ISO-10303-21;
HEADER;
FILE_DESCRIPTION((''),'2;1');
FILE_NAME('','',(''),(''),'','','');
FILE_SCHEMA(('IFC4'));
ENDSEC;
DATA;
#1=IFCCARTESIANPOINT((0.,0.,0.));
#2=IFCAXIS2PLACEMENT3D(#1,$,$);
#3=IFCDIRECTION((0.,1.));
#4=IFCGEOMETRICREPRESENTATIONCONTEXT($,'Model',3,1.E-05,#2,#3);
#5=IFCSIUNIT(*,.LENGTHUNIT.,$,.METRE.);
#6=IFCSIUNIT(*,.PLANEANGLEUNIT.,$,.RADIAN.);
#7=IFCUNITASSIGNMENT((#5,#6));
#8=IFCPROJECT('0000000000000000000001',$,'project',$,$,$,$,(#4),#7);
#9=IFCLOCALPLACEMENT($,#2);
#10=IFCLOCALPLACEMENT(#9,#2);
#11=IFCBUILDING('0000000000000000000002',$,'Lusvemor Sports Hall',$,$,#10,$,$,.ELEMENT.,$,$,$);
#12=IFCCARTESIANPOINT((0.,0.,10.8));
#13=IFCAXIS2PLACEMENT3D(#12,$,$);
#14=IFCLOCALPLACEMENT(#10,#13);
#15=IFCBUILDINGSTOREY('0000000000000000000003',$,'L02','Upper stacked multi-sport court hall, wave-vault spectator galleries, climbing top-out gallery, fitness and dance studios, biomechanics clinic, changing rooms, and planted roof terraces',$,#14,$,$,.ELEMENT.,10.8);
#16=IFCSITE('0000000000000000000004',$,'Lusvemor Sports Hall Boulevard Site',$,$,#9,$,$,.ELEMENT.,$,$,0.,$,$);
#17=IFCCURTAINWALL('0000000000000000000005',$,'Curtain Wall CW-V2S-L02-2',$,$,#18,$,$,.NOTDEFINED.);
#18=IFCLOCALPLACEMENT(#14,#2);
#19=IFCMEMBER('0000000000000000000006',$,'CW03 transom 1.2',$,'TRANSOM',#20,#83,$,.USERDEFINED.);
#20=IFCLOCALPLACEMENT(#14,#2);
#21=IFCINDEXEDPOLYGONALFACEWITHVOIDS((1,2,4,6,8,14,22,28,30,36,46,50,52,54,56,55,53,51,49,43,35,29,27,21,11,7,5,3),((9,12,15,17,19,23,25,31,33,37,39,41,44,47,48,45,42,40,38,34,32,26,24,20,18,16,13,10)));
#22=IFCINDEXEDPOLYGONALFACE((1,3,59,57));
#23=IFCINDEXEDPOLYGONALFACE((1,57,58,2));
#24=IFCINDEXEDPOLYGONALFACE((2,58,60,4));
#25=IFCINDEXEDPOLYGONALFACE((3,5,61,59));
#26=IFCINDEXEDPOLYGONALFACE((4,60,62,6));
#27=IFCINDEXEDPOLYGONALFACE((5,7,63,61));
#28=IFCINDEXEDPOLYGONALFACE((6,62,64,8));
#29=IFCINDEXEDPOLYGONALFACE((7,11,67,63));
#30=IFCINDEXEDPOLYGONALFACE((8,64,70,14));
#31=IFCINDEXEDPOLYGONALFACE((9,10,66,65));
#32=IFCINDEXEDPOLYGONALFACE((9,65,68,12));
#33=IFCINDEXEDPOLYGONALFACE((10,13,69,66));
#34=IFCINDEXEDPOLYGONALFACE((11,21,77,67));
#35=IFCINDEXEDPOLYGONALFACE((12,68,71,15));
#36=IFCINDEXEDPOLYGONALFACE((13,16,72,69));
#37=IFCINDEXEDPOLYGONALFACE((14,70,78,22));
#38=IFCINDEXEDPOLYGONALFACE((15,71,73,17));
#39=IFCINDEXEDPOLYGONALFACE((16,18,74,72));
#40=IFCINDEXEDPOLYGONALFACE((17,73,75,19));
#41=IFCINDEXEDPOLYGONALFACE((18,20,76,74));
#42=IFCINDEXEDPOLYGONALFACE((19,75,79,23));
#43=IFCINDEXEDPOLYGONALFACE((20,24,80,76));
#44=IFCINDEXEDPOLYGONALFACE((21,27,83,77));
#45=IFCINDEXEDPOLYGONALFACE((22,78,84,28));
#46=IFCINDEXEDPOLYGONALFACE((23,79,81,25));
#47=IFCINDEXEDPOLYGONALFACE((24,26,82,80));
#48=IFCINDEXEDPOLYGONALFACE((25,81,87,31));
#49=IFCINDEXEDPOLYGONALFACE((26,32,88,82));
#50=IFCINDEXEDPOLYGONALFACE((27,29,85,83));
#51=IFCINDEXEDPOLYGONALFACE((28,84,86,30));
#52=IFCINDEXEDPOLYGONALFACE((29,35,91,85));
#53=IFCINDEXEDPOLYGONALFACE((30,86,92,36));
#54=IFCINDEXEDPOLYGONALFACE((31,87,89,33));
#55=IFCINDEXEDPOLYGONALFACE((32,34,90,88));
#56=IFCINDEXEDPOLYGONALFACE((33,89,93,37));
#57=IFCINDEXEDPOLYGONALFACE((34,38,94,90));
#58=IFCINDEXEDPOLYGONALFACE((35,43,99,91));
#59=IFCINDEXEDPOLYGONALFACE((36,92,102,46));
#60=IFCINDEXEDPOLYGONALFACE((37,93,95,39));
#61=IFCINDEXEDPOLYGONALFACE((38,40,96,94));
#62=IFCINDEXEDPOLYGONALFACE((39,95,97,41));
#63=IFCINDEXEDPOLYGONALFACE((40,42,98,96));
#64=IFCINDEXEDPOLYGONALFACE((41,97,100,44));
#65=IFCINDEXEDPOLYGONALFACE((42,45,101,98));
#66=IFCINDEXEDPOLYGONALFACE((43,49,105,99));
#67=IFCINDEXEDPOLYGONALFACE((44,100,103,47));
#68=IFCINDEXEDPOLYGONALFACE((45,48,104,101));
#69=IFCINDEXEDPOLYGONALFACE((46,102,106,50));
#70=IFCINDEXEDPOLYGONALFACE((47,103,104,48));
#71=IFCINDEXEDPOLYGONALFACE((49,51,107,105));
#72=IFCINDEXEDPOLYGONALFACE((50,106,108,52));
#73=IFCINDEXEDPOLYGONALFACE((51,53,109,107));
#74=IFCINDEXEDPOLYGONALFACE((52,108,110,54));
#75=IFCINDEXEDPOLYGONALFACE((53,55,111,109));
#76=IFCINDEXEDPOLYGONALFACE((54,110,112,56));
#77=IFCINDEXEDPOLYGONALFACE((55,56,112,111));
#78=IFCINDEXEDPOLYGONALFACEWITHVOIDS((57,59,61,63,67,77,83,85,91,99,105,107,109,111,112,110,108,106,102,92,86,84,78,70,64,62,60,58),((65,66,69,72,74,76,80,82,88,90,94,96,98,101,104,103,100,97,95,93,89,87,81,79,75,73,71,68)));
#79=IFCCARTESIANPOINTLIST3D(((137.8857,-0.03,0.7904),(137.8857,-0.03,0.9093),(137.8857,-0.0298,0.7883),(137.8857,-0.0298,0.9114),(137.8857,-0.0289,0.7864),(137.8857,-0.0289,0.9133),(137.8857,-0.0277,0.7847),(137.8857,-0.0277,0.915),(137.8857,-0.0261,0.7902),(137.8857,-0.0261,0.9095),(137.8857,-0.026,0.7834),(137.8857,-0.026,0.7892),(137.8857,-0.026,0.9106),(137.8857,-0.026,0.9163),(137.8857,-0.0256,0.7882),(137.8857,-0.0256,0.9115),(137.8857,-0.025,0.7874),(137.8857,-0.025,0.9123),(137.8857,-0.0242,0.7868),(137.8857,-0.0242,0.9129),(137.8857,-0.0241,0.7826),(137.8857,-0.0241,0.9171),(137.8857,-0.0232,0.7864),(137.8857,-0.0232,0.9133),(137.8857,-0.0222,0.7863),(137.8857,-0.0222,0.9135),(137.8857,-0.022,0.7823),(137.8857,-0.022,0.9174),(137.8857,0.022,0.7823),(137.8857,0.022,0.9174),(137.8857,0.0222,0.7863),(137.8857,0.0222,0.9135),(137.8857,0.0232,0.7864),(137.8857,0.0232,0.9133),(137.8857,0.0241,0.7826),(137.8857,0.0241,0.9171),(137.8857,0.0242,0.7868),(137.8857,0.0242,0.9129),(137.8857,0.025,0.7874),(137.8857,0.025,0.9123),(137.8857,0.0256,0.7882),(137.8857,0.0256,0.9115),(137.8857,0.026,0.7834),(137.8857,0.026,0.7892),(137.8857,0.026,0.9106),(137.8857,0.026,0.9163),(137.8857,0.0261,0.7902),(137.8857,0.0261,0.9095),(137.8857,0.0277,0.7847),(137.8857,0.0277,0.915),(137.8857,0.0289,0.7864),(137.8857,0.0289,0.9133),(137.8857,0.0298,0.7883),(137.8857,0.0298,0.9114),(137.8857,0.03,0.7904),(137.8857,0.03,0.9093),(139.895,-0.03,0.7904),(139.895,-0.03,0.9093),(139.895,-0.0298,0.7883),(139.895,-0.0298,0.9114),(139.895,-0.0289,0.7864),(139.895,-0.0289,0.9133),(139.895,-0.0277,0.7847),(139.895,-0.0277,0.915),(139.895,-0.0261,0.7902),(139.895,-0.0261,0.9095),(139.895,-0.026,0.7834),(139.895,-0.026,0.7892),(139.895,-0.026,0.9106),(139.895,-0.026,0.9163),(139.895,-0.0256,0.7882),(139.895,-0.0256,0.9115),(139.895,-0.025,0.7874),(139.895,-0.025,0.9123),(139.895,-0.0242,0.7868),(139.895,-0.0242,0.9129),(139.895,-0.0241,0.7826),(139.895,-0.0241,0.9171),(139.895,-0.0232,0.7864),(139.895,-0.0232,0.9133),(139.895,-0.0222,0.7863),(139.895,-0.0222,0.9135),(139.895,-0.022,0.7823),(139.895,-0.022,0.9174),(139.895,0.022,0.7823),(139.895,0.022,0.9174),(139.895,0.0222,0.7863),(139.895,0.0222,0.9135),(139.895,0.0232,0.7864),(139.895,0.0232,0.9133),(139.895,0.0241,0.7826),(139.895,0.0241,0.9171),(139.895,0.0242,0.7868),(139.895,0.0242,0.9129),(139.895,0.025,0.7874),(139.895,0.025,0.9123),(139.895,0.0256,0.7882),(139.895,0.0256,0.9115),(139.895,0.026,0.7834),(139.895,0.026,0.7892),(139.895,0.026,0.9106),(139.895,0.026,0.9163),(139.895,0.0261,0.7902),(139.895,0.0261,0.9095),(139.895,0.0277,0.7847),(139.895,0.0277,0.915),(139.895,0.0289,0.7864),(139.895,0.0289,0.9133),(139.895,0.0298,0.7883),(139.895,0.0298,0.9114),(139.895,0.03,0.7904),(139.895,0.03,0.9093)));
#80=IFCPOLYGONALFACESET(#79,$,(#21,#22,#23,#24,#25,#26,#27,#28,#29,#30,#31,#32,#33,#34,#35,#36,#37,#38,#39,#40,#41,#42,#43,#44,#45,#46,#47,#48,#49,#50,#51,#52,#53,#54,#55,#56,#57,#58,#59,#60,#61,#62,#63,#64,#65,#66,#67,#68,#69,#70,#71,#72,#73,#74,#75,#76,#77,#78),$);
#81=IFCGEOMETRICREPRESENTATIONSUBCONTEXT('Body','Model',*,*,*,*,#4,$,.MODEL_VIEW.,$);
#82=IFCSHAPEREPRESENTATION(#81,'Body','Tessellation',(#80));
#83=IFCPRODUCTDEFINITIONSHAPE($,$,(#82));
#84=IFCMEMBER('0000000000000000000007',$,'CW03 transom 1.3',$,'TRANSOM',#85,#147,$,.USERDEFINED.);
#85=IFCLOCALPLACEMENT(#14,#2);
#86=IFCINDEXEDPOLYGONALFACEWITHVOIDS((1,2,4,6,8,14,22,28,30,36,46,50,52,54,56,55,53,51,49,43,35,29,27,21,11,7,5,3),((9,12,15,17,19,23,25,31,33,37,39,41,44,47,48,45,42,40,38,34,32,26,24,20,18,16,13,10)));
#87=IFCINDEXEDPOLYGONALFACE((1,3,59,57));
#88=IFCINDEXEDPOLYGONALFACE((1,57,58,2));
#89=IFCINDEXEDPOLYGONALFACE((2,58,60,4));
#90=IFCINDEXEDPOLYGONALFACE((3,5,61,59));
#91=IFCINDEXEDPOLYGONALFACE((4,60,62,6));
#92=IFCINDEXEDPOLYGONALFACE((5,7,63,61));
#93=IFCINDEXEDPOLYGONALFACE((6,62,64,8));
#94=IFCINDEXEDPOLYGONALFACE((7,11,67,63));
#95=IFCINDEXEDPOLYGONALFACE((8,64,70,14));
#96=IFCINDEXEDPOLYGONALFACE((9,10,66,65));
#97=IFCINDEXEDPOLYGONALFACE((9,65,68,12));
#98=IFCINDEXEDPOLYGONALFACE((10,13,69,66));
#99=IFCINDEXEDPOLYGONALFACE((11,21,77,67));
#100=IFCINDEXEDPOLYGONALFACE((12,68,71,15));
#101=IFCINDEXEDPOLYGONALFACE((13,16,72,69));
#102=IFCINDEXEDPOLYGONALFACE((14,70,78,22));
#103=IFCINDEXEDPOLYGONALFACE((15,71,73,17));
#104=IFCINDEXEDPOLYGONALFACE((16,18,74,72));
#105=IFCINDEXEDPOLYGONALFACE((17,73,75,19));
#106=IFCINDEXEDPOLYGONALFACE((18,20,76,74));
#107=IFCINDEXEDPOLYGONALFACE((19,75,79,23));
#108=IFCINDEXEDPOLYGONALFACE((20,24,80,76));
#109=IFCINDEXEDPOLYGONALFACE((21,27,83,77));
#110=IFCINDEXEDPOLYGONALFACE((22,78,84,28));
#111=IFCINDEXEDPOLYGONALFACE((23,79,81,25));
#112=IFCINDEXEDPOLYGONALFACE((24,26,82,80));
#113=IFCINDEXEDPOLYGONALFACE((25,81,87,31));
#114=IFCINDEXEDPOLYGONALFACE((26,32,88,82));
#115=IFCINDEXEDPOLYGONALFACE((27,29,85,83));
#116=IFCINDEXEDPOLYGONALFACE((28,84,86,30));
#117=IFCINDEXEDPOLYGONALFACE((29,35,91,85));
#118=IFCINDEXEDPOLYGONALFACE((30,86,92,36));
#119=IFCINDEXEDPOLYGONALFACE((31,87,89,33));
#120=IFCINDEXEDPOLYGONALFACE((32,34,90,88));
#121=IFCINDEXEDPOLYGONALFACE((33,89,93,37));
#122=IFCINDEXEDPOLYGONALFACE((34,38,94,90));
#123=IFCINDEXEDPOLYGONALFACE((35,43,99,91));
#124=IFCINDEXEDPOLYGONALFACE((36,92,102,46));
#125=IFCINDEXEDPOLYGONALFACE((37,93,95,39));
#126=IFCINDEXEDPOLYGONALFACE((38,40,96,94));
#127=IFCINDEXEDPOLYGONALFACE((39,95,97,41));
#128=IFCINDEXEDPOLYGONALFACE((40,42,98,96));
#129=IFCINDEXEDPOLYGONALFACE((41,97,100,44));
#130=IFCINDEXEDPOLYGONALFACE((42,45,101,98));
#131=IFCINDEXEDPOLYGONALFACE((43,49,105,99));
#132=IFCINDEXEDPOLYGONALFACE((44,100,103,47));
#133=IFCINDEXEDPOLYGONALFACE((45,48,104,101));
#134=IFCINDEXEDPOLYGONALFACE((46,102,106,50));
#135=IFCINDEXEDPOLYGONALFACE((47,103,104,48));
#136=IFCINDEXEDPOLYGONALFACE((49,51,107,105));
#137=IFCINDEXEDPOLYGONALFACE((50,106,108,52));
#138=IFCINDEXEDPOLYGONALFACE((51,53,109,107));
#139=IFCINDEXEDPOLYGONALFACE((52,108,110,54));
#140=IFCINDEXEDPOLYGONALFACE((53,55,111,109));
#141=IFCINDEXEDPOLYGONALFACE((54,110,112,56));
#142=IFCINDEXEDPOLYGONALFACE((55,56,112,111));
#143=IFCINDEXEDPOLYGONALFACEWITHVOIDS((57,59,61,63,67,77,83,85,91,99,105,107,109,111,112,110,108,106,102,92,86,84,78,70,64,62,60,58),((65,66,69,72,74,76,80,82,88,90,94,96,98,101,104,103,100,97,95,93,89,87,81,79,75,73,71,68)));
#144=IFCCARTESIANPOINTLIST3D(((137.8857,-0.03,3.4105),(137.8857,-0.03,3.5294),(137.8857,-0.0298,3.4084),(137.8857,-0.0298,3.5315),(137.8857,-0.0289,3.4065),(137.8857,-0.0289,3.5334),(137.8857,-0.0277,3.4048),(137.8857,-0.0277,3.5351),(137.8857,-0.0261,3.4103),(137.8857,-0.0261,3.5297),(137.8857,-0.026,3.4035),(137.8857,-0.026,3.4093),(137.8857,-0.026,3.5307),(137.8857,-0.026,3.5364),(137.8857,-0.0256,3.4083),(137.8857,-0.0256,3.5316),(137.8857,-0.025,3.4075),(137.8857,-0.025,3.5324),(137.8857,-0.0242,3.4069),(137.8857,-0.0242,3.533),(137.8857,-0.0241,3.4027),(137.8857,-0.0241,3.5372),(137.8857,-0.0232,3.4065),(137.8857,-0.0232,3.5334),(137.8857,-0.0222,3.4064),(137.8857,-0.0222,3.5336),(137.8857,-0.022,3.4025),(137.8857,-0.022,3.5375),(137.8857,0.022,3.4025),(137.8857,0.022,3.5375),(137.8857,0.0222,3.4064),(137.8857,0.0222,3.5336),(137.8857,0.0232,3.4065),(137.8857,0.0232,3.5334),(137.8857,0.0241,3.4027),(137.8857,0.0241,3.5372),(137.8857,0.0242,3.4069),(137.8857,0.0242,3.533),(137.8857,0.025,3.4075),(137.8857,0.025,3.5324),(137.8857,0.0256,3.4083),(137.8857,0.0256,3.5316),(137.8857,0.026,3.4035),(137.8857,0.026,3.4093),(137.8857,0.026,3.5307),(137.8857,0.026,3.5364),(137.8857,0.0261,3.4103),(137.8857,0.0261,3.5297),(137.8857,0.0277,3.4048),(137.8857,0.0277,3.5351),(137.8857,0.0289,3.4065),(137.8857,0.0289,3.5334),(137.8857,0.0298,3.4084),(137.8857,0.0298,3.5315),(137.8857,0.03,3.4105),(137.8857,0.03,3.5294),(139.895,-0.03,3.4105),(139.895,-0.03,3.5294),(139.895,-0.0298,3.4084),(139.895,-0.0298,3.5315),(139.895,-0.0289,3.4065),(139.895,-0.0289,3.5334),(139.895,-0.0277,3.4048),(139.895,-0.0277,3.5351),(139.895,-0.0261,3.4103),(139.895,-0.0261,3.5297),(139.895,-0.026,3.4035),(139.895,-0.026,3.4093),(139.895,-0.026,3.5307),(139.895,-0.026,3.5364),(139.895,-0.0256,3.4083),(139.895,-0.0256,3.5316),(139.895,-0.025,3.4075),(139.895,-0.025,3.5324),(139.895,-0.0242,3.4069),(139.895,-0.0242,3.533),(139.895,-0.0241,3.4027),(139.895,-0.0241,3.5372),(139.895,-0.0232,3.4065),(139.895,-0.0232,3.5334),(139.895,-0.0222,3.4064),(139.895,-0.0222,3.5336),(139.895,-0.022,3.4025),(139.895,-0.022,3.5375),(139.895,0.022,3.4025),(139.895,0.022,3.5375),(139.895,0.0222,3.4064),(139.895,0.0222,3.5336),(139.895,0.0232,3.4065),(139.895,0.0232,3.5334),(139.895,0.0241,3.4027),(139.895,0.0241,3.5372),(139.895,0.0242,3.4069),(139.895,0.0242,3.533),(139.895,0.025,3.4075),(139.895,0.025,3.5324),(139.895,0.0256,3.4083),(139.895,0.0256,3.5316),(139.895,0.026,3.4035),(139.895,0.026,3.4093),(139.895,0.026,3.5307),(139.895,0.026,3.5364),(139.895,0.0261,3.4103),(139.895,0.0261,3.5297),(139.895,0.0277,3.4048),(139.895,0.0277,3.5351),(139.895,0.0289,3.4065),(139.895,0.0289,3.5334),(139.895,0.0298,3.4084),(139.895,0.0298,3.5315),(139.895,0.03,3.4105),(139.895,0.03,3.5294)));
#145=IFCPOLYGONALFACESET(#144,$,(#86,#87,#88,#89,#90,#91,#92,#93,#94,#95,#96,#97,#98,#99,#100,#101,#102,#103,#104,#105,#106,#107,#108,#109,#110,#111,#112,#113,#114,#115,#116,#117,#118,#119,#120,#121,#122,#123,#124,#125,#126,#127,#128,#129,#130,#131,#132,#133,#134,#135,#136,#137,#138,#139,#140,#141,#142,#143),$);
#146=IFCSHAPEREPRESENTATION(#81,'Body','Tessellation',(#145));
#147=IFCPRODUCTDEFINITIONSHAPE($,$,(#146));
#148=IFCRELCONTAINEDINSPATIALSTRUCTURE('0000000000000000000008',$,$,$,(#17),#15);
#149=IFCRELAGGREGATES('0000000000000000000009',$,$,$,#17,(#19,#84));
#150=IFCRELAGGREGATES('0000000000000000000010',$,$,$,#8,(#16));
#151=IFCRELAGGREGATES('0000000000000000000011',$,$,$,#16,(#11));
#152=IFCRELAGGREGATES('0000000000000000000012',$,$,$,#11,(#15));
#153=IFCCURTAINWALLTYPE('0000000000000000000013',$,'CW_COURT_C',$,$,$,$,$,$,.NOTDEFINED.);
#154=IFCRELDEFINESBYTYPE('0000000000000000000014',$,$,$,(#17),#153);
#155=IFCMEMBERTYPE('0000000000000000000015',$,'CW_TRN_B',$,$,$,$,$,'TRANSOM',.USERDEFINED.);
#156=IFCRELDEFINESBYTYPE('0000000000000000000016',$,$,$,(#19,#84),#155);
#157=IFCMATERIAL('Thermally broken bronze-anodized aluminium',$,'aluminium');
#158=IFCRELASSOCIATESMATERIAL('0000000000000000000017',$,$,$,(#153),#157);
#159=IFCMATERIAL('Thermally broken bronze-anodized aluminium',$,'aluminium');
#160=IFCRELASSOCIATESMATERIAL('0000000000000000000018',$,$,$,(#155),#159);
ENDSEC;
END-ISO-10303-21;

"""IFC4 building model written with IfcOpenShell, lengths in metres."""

from ifc_helpers import new_model, si_unit, direction, frame, origin, origin_2d, place, context, subcontext, project, spatial, hollow_rectangle, extrude, material, material_profile, profile_set, type_object, element, aggregate, save


model = new_model("IFC4")

# Units and contexts
model_context = context("Model", 3, precision=1e-05, world=origin(), true_north=direction((0.0, 1.0)))
body_context = subcontext(model_context, "Body", "Model", "MODEL_VIEW")
ifc_project = project(units=[si_unit("LENGTHUNIT", "METRE"), si_unit("PLANEANGLEUNIT", "RADIAN")], contexts=[model_context])

# Site, building, storey
site_placement = place(None, origin())
site = spatial("IfcSite", under=ifc_project, at=site_placement, Name="Lusvemor Sports Hall Boulevard Site", CompositionType="ELEMENT", RefElevation=0.0)
building_placement = place(site_placement, origin())
building = spatial("IfcBuilding", under=site, at=building_placement, Name="Lusvemor Sports Hall", CompositionType="ELEMENT")
storey_placement = place(building_placement, frame((0.0, 0.0, 10.8)))
storey = spatial("IfcBuildingStorey", under=building, at=storey_placement, Name="L02", Description="Upper stacked multi-sport court hall, wave-vault spectator galleries, climbing top-out gallery, fitness and dance studios, biomechanics clinic, changing rooms, and planted roof terraces", CompositionType="ELEMENT", Elevation=10.8)

# Shared definitions
ifc_material_1 = material(Name="Thermally broken bronze-anodized aluminium", Category="aluminium")
curtain_wall_type = type_object("IfcCurtainWallType", Name="CW_COURT_C", PredefinedType="NOTDEFINED", material=ifc_material_1)

# Curtain wall
curtain_wall_1_placement = place(storey_placement, origin())
curtain_wall_1 = element("IfcCurtainWall", 1, at=curtain_wall_1_placement, inside=storey, type_object=curtain_wall_type, Name="Curtain Wall CW-V2S-L02-2", PredefinedType="NOTDEFINED")

# Members
ifc_material_2 = material(Name="Thermally broken bronze-anodized aluminium", Category="aluminium")
ifc_material_profile_1 = material_profile(ifc_material_2, hollow_rectangle(XDim=0.0601, YDim=0.135, WallThickness=0.0039, InnerFilletRadius=0.0039, OuterFilletRadius=0.0081, at=origin_2d()), Name="CWTRN135x60x4")
ifc_profile_set_1 = profile_set([ifc_material_profile_1], Name="Thermally broken bronze-anodized aluminium")
member_type_1 = type_object("IfcMemberType", Name="CW_TRN_B", ElementType="TRANSOM", PredefinedType="USERDEFINED", material=ifc_profile_set_1)
member_1_placement = place(storey_placement, frame((139.895, 0.0, 0.8499), z_axis=(-1.0, 0.0, 0.0), x_axis=(0.0, -1.0, 0.0)))
member_1 = element("IfcMember", 2, at=member_1_placement, type_object=member_type_1, Name="CW03 transom 1.2", ObjectType="TRANSOM", PredefinedType="USERDEFINED", context=body_context, shape_type="SweptSolid", body=[
    extrude(hollow_rectangle(XDim=0.0601, YDim=0.135, WallThickness=0.0039, InnerFilletRadius=0.0039, OuterFilletRadius=0.0081, at=origin_2d()), origin(), (0.0, 0.0, 1.0), 2.0093),
])
member_2_placement = place(storey_placement, frame((139.895, 0.0, 3.47), z_axis=(-1.0, 0.0, 0.0), x_axis=(0.0, -1.0, 0.0)))
member_2 = element("IfcMember", 3, at=member_2_placement, type_object=member_type_1, Name="CW03 transom 1.3", ObjectType="TRANSOM", PredefinedType="USERDEFINED", context=body_context, shape_type="SweptSolid", body=[
    extrude(hollow_rectangle(XDim=0.0601, YDim=0.135, WallThickness=0.0039, InnerFilletRadius=0.0039, OuterFilletRadius=0.0081, at=origin_2d()), origin(), (0.0, 0.0, 1.0), 2.0093),
])

aggregate(curtain_wall_1, [member_1, member_2])

save(model, "model.ifc")
